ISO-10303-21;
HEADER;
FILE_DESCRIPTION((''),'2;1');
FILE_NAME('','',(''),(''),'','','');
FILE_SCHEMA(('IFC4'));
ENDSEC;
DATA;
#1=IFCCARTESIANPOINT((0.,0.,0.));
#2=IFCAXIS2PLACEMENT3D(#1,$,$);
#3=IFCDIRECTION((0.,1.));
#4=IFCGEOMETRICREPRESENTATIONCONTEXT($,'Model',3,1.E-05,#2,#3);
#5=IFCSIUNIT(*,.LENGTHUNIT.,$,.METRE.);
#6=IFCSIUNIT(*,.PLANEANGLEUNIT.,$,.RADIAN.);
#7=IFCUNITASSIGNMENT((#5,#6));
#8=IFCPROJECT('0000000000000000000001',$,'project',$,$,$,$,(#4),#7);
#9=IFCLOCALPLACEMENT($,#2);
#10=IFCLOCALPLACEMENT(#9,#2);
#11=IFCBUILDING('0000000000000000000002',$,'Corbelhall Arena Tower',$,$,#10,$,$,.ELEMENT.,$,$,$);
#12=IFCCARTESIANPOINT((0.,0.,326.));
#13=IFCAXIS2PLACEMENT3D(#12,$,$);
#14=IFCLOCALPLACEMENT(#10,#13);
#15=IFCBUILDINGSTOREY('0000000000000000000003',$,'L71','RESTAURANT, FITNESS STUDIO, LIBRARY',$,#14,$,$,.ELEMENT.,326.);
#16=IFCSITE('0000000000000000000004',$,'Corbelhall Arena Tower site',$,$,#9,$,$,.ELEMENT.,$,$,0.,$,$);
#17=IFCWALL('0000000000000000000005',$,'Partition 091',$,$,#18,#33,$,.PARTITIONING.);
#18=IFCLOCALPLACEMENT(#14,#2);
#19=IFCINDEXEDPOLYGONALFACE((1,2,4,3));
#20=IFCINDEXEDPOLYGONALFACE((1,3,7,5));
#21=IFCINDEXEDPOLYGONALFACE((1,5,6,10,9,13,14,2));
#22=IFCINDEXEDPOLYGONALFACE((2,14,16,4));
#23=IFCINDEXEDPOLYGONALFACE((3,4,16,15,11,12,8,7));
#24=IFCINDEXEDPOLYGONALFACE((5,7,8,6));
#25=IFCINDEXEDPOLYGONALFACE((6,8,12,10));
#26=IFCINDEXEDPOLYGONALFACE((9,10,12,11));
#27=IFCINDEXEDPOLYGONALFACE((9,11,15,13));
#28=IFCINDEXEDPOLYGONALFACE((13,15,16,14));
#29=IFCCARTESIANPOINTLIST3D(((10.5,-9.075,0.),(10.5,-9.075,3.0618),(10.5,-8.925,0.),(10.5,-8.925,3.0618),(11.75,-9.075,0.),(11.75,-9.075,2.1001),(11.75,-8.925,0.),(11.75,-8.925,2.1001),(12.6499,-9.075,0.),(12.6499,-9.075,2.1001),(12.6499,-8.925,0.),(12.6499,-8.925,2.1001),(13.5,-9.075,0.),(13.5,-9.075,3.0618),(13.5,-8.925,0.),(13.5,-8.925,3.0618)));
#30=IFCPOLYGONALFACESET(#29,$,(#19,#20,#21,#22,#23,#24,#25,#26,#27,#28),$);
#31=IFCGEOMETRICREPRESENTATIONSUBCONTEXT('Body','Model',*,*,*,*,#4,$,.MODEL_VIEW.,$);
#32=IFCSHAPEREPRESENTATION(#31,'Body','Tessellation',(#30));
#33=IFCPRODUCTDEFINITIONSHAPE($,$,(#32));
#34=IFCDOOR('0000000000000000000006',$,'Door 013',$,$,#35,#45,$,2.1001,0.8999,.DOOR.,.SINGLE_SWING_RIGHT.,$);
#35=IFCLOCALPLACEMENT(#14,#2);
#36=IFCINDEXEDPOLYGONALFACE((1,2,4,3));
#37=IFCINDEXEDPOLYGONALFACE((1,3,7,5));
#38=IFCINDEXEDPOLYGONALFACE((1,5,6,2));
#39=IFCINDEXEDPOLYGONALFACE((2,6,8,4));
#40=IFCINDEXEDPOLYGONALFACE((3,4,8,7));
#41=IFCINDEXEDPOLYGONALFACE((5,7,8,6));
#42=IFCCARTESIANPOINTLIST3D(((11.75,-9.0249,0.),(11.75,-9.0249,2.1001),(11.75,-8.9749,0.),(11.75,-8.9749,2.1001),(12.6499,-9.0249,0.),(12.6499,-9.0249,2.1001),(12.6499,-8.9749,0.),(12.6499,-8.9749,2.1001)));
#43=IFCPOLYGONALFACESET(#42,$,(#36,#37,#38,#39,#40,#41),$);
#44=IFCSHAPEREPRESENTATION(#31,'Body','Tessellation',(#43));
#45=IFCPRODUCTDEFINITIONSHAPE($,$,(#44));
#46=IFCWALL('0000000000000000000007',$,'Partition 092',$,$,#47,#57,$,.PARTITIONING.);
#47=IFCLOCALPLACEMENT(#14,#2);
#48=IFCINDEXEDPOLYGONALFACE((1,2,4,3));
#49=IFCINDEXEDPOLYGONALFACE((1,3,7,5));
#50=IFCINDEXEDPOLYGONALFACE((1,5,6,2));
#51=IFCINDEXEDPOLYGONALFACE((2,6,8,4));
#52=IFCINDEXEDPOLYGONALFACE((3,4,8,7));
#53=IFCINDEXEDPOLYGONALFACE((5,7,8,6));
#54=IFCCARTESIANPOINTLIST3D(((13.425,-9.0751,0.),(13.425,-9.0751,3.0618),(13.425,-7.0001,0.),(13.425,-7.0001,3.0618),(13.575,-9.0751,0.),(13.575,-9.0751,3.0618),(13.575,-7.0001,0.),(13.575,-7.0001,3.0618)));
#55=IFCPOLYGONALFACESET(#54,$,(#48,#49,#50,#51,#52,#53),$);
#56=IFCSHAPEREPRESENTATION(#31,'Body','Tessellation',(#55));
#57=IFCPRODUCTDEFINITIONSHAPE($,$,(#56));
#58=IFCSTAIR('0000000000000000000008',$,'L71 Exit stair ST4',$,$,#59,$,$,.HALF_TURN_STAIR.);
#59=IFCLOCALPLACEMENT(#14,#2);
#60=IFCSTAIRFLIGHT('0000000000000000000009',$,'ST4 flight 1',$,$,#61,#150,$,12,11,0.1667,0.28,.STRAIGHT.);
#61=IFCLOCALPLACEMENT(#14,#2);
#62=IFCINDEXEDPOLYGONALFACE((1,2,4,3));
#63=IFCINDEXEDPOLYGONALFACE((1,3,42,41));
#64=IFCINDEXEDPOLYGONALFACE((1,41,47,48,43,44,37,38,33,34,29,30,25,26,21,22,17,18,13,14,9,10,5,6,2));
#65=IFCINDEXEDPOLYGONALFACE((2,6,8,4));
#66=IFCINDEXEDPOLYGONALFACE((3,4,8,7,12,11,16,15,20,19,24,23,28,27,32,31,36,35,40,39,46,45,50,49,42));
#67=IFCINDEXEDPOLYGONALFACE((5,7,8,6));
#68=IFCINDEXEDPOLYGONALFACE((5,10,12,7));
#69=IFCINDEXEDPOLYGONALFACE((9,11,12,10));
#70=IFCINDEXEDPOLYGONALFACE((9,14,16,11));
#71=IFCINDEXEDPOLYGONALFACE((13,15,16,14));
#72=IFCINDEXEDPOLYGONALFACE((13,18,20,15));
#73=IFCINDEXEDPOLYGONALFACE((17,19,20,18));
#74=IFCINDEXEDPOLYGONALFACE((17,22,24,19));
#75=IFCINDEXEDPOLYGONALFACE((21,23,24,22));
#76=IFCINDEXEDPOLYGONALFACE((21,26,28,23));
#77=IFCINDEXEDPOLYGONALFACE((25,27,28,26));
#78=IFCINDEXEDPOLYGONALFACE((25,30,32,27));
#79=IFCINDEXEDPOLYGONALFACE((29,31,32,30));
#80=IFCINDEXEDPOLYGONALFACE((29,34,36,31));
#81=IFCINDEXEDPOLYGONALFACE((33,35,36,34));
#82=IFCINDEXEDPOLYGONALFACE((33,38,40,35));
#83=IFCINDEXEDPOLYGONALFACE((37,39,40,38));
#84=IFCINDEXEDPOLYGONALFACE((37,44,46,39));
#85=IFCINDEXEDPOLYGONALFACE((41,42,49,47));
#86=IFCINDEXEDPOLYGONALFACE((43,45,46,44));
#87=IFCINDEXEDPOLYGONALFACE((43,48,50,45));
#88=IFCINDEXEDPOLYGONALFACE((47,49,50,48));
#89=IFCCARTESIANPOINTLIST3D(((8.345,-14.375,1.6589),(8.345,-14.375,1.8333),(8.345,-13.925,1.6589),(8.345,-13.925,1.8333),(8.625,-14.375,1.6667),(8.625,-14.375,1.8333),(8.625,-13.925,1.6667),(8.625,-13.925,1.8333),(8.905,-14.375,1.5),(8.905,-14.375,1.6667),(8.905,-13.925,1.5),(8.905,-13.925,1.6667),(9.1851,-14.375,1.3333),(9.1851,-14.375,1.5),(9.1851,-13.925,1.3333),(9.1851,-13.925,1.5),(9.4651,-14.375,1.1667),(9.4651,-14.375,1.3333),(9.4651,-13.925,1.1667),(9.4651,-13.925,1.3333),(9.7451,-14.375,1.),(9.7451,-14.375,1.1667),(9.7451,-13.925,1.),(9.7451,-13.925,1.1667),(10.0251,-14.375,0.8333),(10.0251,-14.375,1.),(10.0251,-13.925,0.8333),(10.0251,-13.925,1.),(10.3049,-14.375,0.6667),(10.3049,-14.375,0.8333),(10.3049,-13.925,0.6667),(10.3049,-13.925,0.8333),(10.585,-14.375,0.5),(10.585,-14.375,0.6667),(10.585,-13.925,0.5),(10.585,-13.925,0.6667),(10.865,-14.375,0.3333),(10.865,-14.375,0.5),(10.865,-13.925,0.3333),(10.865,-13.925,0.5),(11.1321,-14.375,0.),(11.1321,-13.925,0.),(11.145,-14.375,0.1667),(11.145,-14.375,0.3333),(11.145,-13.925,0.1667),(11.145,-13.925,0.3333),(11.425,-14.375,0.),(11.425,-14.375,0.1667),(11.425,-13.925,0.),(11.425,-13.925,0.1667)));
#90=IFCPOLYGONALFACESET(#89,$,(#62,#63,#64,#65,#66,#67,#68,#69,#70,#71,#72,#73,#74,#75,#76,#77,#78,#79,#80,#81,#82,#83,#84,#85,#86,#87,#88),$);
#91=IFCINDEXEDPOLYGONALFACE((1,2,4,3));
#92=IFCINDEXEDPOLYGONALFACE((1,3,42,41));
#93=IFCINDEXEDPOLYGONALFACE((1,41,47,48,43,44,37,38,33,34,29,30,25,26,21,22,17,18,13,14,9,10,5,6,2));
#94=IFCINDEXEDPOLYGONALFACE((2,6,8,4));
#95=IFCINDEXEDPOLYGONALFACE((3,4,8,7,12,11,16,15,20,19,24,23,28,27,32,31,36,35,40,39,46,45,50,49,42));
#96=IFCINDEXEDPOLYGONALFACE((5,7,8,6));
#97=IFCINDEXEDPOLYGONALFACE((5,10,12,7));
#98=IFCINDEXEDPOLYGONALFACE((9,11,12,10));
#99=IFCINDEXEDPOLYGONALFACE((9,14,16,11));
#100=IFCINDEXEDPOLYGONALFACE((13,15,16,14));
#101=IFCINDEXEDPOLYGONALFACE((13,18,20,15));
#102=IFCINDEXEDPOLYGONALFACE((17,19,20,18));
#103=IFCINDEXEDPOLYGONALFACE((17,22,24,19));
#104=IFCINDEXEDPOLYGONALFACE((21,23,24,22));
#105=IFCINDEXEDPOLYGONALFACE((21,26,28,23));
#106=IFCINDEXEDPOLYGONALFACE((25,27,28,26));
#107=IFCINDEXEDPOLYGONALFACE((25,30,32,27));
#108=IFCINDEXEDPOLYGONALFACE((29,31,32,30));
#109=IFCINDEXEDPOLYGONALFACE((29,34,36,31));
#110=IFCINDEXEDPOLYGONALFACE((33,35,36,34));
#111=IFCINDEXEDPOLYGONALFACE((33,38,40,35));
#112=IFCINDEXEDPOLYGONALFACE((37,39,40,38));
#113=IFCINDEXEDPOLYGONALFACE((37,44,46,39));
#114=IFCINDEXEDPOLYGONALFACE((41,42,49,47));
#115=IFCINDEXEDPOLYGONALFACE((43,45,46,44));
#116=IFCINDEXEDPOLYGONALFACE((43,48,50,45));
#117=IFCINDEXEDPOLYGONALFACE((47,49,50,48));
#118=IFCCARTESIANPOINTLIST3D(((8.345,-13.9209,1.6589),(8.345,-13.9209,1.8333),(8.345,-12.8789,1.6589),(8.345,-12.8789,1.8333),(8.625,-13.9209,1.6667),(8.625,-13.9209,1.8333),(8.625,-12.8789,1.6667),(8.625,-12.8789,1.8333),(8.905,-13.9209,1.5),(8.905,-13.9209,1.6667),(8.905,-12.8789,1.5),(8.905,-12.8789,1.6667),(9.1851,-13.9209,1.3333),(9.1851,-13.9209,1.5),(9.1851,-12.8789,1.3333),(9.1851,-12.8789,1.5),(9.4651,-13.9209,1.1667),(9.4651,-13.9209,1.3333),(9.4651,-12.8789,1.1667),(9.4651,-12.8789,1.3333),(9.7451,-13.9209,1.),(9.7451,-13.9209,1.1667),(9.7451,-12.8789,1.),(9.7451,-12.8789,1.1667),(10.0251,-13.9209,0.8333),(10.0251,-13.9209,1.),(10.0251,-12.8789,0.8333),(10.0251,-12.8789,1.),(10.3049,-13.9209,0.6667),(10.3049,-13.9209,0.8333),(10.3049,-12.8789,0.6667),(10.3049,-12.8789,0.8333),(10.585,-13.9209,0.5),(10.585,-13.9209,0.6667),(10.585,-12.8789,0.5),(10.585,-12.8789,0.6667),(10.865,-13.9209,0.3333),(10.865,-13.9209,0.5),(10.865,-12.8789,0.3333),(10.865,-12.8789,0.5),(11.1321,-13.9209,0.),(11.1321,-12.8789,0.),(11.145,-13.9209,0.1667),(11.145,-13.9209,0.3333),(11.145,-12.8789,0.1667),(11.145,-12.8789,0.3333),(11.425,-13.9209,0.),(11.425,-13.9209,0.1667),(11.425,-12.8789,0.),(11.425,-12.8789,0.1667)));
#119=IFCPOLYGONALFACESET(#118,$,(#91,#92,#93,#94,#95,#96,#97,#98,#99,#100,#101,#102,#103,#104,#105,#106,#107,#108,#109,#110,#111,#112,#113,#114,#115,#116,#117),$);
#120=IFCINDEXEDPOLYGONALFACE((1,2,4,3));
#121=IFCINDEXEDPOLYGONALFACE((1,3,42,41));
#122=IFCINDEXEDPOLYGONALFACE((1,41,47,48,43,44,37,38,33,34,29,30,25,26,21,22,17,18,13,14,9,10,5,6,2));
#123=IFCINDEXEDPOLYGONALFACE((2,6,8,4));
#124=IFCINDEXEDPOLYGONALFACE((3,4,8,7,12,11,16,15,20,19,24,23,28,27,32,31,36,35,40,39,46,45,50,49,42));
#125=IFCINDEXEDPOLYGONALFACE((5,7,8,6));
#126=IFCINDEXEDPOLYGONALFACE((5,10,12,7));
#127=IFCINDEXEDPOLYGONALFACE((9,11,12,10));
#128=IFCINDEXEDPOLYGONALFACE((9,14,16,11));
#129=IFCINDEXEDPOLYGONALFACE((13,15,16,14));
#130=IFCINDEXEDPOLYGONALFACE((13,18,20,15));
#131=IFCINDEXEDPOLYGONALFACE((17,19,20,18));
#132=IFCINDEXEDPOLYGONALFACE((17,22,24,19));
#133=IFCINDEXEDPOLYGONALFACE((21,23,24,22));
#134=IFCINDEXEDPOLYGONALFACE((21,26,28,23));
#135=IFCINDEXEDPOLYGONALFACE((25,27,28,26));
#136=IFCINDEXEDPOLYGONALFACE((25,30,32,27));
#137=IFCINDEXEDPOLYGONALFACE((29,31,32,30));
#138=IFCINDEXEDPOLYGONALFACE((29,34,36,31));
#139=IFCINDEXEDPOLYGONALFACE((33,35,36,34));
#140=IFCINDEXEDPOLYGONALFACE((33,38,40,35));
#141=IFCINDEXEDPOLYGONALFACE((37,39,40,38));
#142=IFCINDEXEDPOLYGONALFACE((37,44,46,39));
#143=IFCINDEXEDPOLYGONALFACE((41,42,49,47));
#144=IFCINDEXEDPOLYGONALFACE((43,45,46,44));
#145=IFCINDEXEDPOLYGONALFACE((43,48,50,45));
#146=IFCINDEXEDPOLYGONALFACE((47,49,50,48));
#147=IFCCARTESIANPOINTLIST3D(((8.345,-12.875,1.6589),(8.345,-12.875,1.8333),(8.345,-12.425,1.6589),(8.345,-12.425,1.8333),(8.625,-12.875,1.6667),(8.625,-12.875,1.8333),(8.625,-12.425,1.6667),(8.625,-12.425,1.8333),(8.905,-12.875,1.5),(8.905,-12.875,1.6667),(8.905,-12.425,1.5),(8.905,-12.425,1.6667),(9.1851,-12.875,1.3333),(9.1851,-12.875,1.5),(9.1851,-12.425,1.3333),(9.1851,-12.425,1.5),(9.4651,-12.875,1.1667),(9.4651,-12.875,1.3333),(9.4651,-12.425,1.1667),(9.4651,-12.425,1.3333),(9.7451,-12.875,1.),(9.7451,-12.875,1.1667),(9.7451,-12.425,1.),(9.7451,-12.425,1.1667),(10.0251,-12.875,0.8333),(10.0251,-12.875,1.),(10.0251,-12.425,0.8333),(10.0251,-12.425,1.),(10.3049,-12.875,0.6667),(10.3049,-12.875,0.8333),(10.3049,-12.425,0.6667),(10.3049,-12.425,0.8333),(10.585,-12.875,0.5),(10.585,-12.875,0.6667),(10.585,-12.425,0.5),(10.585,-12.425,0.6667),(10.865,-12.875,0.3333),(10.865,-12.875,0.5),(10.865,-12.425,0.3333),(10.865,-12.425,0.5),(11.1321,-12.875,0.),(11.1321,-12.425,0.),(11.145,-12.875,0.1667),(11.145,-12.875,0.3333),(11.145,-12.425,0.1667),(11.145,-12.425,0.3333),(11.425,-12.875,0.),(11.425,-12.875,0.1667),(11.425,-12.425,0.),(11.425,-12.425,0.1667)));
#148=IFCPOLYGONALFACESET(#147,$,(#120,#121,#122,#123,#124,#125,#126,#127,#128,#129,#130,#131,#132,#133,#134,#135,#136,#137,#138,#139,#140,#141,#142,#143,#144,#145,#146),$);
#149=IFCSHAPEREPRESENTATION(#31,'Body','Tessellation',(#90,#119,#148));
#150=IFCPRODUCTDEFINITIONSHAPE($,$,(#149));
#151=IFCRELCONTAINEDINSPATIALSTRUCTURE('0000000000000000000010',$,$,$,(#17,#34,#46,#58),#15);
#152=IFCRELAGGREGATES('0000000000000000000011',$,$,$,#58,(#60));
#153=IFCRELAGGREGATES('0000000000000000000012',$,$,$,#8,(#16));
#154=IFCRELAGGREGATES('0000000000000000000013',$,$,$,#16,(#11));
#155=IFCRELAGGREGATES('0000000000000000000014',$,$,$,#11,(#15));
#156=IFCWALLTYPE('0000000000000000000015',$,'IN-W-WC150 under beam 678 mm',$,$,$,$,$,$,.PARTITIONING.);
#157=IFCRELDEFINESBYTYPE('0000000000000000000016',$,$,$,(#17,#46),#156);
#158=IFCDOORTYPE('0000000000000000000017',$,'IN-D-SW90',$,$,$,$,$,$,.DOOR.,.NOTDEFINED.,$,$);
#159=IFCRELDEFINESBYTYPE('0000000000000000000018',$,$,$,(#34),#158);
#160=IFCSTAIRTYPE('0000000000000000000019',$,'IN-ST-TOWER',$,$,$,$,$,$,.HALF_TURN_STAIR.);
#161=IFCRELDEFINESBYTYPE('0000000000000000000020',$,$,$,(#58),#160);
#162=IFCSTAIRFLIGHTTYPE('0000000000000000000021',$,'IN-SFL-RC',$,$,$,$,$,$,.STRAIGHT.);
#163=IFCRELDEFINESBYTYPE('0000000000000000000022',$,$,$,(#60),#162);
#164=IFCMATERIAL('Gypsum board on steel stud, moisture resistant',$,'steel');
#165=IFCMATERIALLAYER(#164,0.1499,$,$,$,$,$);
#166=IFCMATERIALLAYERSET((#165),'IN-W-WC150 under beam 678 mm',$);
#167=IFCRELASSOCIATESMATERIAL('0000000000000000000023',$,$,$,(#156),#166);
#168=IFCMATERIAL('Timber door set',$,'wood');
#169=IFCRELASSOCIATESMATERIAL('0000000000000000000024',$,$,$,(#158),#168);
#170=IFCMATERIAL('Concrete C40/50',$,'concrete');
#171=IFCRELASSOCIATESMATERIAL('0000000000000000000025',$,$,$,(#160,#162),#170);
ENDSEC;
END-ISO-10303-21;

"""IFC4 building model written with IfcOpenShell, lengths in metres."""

from ifc_helpers import new_model, si_unit, direction, frame, frame_2d, origin, place, context, subcontext, project, spatial, polyline, rectangle, outline, extrude, material, layer, layer_set, type_object, element, fill, aggregate, save


model = new_model("IFC4")

# Units and contexts
model_context = context("Model", 3, precision=1e-05, world=origin(), true_north=direction((0.0, 1.0)))
body_context = subcontext(model_context, "Body", "Model", "MODEL_VIEW")
ifc_project = project(units=[si_unit("LENGTHUNIT", "METRE"), si_unit("PLANEANGLEUNIT", "RADIAN")], contexts=[model_context])

# Site, building, storey
site_placement = place(None, origin())
site = spatial("IfcSite", under=ifc_project, at=site_placement, Name="Corbelhall Arena Tower site", CompositionType="ELEMENT", RefElevation=0.0)
building_placement = place(site_placement, origin())
building = spatial("IfcBuilding", under=site, at=building_placement, Name="Corbelhall Arena Tower", CompositionType="ELEMENT")
storey_placement = place(building_placement, frame((0.0, 0.0, 326.0)))
storey = spatial("IfcBuildingStorey", under=building, at=storey_placement, Name="L71", Description="RESTAURANT, FITNESS STUDIO, LIBRARY", CompositionType="ELEMENT", Elevation=326.0)

# Shared definitions
ifc_material_1 = material(Name="Concrete C40/50", Category="concrete")

# Wall, opening, door
ifc_material_2 = material(Name="Gypsum board on steel stud, moisture resistant", Category="steel")
ifc_layer_1 = layer(ifc_material_2, 0.1499)
ifc_layer_set_1 = layer_set([ifc_layer_1], Name="IN-W-WC150 under beam 678 mm")
wall_type_1 = type_object("IfcWallType", Name="IN-W-WC150 under beam 678 mm", PredefinedType="PARTITIONING", material=ifc_layer_set_1)
wall_1_placement = place(storey_placement, frame((13.5, -9.0, 0.0), z_axis=(0.0, 0.0, 1.0), x_axis=(-1.0, 0.0, 0.0)))
wall_1 = element("IfcWall", 1, at=wall_1_placement, inside=storey, type_object=wall_type_1, Name="Partition 091", PredefinedType="PARTITIONING", context=body_context, shape_type="SweptSolid", body=[
    extrude(rectangle(XDim=3.0, YDim=0.1499, at=frame_2d((1.5, 0.0))), origin(), (0.0, 0.0, 1.0), 3.0618),
])
opening_1_placement = place(wall_1_placement, frame((0.8501, 0.0, 0.0)))
opening_1 = element("IfcOpeningElement", 2, at=opening_1_placement, cuts=wall_1, PredefinedType="OPENING", context=body_context, shape_type="SweptSolid", body=[
    extrude(rectangle(XDim=0.8999, YDim=2.1001, at=frame_2d((0.45, 1.05))), frame((0.0, 0.075, 0.0), z_axis=(0.0, -1.0, 0.0), x_axis=(1.0, 0.0, 0.0)), (0.0, 0.0, 1.0), 0.1499),
])
ifc_material_3 = material(Name="Timber door set", Category="wood")
door_type_1 = type_object("IfcDoorType", Name="IN-D-SW90", OperationType="NOTDEFINED", PredefinedType="DOOR", material=ifc_material_3)
door_1_placement = place(opening_1_placement, origin())
door_1 = element("IfcDoor", 3, at=door_1_placement, inside=storey, type_object=door_type_1, Name="Door 013", OperationType="SINGLE_SWING_RIGHT", OverallHeight=2.1001, OverallWidth=0.8999, PredefinedType="DOOR", context=body_context, shape_type="SweptSolid", body=[
    extrude(rectangle(XDim=0.8999, YDim=2.1001, at=frame_2d((0.45, 1.05))), frame((0.0, 0.0249, 0.0), z_axis=(0.0, -1.0, 0.0), x_axis=(1.0, 0.0, 0.0)), (0.0, 0.0, 1.0), 0.05),
])
fill(opening_1, door_1)

# Wall
wall_2_placement = place(storey_placement, frame((13.5, -7.0, 0.0), z_axis=(0.0, 0.0, 1.0), x_axis=(0.0, -1.0, 0.0)))
element("IfcWall", 4, at=wall_2_placement, inside=storey, type_object=wall_type_1, Name="Partition 092", PredefinedType="PARTITIONING", context=body_context, shape_type="SweptSolid", body=[
    extrude(rectangle(XDim=2.075, YDim=0.1499, at=frame_2d((1.0376, 0.0))), origin(), (0.0, 0.0, 1.0), 3.0618),
])

# Stair, stair flight
stair_type = type_object("IfcStairType", Name="IN-ST-TOWER", PredefinedType="HALF_TURN_STAIR", material=ifc_material_1)
stair_placement = place(storey_placement, origin())
stair = element("IfcStair", 5, at=stair_placement, inside=storey, type_object=stair_type, Name="L71 Exit stair ST4", PredefinedType="HALF_TURN_STAIR")
stair_flight_type = type_object("IfcStairFlightType", Name="IN-SFL-RC", PredefinedType="STRAIGHT", material=ifc_material_1)
stair_flight_placement = place(storey_placement, frame((11.425, -13.3999, 0.0), z_axis=(0.0, 0.0, 1.0), x_axis=(-1.0, 0.0, 0.0)))
stair_flight = element("IfcStairFlight", 6, at=stair_flight_placement, type_object=stair_flight_type, Name="ST4 flight 1", NumberOfRisers=12, NumberOfTreads=11, PredefinedType="STRAIGHT", RiserHeight=0.1667, TreadLength=0.28, context=body_context, shape_type="SweptSolid", body=[
    extrude(outline(polyline([(0.0, 0.0), (0.0, 0.1667), (0.28, 0.1667), (0.28, 0.3333), (0.5601, 0.3333), (0.5601, 0.5), (0.8401, 0.5), (0.8401, 0.6667), (1.1201, 0.6667), (1.1201, 0.8333), (1.3999, 0.8333), (1.3999, 1.0), (1.6799, 1.0), (1.6799, 1.1667), (1.96, 1.1667), (1.96, 1.3333), (2.24, 1.3333), (2.24, 1.5), (2.52, 1.5), (2.52, 1.6667), (2.8, 1.6667), (2.8, 1.8333), (3.0801, 1.8333), (3.0801, 2.0), (3.0801, 1.6589), (0.293, 0.0), (0.0, 0.0)])), frame((0.0, 0.9751, 0.0), z_axis=(0.0, -1.0, 0.0), x_axis=(1.0, 0.0, 0.0)), (0.0, 0.0, 1.0), 0.45),
    extrude(outline(polyline([(0.0, 0.0), (0.0, 0.1667), (0.28, 0.1667), (0.28, 0.3333), (0.5601, 0.3333), (0.5601, 0.5), (0.8401, 0.5), (0.8401, 0.6667), (1.1201, 0.6667), (1.1201, 0.8333), (1.3999, 0.8333), (1.3999, 1.0), (1.6799, 1.0), (1.6799, 1.1667), (1.96, 1.1667), (1.96, 1.3333), (2.24, 1.3333), (2.24, 1.5), (2.52, 1.5), (2.52, 1.6667), (2.8, 1.6667), (2.8, 1.8333), (3.0801, 1.8333), (3.0801, 2.0), (3.0801, 1.6589), (0.293, 0.0), (0.0, 0.0)])), frame((0.0, 0.521, 0.0), z_axis=(0.0, -1.0, 0.0), x_axis=(1.0, 0.0, 0.0)), (0.0, 0.0, 1.0), 1.042),
    extrude(outline(polyline([(0.0, 0.0), (0.0, 0.1667), (0.28, 0.1667), (0.28, 0.3333), (0.5601, 0.3333), (0.5601, 0.5), (0.8401, 0.5), (0.8401, 0.6667), (1.1201, 0.6667), (1.1201, 0.8333), (1.3999, 0.8333), (1.3999, 1.0), (1.6799, 1.0), (1.6799, 1.1667), (1.96, 1.1667), (1.96, 1.3333), (2.24, 1.3333), (2.24, 1.5), (2.52, 1.5), (2.52, 1.6667), (2.8, 1.6667), (2.8, 1.8333), (3.0801, 1.8333), (3.0801, 2.0), (3.0801, 1.6589), (0.293, 0.0), (0.0, 0.0)])), frame((0.0, -0.5249, 0.0), z_axis=(0.0, -1.0, 0.0), x_axis=(1.0, 0.0, 0.0)), (0.0, 0.0, 1.0), 0.45),
])
aggregate(stair, [stair_flight])

save(model, "model.ifc")
